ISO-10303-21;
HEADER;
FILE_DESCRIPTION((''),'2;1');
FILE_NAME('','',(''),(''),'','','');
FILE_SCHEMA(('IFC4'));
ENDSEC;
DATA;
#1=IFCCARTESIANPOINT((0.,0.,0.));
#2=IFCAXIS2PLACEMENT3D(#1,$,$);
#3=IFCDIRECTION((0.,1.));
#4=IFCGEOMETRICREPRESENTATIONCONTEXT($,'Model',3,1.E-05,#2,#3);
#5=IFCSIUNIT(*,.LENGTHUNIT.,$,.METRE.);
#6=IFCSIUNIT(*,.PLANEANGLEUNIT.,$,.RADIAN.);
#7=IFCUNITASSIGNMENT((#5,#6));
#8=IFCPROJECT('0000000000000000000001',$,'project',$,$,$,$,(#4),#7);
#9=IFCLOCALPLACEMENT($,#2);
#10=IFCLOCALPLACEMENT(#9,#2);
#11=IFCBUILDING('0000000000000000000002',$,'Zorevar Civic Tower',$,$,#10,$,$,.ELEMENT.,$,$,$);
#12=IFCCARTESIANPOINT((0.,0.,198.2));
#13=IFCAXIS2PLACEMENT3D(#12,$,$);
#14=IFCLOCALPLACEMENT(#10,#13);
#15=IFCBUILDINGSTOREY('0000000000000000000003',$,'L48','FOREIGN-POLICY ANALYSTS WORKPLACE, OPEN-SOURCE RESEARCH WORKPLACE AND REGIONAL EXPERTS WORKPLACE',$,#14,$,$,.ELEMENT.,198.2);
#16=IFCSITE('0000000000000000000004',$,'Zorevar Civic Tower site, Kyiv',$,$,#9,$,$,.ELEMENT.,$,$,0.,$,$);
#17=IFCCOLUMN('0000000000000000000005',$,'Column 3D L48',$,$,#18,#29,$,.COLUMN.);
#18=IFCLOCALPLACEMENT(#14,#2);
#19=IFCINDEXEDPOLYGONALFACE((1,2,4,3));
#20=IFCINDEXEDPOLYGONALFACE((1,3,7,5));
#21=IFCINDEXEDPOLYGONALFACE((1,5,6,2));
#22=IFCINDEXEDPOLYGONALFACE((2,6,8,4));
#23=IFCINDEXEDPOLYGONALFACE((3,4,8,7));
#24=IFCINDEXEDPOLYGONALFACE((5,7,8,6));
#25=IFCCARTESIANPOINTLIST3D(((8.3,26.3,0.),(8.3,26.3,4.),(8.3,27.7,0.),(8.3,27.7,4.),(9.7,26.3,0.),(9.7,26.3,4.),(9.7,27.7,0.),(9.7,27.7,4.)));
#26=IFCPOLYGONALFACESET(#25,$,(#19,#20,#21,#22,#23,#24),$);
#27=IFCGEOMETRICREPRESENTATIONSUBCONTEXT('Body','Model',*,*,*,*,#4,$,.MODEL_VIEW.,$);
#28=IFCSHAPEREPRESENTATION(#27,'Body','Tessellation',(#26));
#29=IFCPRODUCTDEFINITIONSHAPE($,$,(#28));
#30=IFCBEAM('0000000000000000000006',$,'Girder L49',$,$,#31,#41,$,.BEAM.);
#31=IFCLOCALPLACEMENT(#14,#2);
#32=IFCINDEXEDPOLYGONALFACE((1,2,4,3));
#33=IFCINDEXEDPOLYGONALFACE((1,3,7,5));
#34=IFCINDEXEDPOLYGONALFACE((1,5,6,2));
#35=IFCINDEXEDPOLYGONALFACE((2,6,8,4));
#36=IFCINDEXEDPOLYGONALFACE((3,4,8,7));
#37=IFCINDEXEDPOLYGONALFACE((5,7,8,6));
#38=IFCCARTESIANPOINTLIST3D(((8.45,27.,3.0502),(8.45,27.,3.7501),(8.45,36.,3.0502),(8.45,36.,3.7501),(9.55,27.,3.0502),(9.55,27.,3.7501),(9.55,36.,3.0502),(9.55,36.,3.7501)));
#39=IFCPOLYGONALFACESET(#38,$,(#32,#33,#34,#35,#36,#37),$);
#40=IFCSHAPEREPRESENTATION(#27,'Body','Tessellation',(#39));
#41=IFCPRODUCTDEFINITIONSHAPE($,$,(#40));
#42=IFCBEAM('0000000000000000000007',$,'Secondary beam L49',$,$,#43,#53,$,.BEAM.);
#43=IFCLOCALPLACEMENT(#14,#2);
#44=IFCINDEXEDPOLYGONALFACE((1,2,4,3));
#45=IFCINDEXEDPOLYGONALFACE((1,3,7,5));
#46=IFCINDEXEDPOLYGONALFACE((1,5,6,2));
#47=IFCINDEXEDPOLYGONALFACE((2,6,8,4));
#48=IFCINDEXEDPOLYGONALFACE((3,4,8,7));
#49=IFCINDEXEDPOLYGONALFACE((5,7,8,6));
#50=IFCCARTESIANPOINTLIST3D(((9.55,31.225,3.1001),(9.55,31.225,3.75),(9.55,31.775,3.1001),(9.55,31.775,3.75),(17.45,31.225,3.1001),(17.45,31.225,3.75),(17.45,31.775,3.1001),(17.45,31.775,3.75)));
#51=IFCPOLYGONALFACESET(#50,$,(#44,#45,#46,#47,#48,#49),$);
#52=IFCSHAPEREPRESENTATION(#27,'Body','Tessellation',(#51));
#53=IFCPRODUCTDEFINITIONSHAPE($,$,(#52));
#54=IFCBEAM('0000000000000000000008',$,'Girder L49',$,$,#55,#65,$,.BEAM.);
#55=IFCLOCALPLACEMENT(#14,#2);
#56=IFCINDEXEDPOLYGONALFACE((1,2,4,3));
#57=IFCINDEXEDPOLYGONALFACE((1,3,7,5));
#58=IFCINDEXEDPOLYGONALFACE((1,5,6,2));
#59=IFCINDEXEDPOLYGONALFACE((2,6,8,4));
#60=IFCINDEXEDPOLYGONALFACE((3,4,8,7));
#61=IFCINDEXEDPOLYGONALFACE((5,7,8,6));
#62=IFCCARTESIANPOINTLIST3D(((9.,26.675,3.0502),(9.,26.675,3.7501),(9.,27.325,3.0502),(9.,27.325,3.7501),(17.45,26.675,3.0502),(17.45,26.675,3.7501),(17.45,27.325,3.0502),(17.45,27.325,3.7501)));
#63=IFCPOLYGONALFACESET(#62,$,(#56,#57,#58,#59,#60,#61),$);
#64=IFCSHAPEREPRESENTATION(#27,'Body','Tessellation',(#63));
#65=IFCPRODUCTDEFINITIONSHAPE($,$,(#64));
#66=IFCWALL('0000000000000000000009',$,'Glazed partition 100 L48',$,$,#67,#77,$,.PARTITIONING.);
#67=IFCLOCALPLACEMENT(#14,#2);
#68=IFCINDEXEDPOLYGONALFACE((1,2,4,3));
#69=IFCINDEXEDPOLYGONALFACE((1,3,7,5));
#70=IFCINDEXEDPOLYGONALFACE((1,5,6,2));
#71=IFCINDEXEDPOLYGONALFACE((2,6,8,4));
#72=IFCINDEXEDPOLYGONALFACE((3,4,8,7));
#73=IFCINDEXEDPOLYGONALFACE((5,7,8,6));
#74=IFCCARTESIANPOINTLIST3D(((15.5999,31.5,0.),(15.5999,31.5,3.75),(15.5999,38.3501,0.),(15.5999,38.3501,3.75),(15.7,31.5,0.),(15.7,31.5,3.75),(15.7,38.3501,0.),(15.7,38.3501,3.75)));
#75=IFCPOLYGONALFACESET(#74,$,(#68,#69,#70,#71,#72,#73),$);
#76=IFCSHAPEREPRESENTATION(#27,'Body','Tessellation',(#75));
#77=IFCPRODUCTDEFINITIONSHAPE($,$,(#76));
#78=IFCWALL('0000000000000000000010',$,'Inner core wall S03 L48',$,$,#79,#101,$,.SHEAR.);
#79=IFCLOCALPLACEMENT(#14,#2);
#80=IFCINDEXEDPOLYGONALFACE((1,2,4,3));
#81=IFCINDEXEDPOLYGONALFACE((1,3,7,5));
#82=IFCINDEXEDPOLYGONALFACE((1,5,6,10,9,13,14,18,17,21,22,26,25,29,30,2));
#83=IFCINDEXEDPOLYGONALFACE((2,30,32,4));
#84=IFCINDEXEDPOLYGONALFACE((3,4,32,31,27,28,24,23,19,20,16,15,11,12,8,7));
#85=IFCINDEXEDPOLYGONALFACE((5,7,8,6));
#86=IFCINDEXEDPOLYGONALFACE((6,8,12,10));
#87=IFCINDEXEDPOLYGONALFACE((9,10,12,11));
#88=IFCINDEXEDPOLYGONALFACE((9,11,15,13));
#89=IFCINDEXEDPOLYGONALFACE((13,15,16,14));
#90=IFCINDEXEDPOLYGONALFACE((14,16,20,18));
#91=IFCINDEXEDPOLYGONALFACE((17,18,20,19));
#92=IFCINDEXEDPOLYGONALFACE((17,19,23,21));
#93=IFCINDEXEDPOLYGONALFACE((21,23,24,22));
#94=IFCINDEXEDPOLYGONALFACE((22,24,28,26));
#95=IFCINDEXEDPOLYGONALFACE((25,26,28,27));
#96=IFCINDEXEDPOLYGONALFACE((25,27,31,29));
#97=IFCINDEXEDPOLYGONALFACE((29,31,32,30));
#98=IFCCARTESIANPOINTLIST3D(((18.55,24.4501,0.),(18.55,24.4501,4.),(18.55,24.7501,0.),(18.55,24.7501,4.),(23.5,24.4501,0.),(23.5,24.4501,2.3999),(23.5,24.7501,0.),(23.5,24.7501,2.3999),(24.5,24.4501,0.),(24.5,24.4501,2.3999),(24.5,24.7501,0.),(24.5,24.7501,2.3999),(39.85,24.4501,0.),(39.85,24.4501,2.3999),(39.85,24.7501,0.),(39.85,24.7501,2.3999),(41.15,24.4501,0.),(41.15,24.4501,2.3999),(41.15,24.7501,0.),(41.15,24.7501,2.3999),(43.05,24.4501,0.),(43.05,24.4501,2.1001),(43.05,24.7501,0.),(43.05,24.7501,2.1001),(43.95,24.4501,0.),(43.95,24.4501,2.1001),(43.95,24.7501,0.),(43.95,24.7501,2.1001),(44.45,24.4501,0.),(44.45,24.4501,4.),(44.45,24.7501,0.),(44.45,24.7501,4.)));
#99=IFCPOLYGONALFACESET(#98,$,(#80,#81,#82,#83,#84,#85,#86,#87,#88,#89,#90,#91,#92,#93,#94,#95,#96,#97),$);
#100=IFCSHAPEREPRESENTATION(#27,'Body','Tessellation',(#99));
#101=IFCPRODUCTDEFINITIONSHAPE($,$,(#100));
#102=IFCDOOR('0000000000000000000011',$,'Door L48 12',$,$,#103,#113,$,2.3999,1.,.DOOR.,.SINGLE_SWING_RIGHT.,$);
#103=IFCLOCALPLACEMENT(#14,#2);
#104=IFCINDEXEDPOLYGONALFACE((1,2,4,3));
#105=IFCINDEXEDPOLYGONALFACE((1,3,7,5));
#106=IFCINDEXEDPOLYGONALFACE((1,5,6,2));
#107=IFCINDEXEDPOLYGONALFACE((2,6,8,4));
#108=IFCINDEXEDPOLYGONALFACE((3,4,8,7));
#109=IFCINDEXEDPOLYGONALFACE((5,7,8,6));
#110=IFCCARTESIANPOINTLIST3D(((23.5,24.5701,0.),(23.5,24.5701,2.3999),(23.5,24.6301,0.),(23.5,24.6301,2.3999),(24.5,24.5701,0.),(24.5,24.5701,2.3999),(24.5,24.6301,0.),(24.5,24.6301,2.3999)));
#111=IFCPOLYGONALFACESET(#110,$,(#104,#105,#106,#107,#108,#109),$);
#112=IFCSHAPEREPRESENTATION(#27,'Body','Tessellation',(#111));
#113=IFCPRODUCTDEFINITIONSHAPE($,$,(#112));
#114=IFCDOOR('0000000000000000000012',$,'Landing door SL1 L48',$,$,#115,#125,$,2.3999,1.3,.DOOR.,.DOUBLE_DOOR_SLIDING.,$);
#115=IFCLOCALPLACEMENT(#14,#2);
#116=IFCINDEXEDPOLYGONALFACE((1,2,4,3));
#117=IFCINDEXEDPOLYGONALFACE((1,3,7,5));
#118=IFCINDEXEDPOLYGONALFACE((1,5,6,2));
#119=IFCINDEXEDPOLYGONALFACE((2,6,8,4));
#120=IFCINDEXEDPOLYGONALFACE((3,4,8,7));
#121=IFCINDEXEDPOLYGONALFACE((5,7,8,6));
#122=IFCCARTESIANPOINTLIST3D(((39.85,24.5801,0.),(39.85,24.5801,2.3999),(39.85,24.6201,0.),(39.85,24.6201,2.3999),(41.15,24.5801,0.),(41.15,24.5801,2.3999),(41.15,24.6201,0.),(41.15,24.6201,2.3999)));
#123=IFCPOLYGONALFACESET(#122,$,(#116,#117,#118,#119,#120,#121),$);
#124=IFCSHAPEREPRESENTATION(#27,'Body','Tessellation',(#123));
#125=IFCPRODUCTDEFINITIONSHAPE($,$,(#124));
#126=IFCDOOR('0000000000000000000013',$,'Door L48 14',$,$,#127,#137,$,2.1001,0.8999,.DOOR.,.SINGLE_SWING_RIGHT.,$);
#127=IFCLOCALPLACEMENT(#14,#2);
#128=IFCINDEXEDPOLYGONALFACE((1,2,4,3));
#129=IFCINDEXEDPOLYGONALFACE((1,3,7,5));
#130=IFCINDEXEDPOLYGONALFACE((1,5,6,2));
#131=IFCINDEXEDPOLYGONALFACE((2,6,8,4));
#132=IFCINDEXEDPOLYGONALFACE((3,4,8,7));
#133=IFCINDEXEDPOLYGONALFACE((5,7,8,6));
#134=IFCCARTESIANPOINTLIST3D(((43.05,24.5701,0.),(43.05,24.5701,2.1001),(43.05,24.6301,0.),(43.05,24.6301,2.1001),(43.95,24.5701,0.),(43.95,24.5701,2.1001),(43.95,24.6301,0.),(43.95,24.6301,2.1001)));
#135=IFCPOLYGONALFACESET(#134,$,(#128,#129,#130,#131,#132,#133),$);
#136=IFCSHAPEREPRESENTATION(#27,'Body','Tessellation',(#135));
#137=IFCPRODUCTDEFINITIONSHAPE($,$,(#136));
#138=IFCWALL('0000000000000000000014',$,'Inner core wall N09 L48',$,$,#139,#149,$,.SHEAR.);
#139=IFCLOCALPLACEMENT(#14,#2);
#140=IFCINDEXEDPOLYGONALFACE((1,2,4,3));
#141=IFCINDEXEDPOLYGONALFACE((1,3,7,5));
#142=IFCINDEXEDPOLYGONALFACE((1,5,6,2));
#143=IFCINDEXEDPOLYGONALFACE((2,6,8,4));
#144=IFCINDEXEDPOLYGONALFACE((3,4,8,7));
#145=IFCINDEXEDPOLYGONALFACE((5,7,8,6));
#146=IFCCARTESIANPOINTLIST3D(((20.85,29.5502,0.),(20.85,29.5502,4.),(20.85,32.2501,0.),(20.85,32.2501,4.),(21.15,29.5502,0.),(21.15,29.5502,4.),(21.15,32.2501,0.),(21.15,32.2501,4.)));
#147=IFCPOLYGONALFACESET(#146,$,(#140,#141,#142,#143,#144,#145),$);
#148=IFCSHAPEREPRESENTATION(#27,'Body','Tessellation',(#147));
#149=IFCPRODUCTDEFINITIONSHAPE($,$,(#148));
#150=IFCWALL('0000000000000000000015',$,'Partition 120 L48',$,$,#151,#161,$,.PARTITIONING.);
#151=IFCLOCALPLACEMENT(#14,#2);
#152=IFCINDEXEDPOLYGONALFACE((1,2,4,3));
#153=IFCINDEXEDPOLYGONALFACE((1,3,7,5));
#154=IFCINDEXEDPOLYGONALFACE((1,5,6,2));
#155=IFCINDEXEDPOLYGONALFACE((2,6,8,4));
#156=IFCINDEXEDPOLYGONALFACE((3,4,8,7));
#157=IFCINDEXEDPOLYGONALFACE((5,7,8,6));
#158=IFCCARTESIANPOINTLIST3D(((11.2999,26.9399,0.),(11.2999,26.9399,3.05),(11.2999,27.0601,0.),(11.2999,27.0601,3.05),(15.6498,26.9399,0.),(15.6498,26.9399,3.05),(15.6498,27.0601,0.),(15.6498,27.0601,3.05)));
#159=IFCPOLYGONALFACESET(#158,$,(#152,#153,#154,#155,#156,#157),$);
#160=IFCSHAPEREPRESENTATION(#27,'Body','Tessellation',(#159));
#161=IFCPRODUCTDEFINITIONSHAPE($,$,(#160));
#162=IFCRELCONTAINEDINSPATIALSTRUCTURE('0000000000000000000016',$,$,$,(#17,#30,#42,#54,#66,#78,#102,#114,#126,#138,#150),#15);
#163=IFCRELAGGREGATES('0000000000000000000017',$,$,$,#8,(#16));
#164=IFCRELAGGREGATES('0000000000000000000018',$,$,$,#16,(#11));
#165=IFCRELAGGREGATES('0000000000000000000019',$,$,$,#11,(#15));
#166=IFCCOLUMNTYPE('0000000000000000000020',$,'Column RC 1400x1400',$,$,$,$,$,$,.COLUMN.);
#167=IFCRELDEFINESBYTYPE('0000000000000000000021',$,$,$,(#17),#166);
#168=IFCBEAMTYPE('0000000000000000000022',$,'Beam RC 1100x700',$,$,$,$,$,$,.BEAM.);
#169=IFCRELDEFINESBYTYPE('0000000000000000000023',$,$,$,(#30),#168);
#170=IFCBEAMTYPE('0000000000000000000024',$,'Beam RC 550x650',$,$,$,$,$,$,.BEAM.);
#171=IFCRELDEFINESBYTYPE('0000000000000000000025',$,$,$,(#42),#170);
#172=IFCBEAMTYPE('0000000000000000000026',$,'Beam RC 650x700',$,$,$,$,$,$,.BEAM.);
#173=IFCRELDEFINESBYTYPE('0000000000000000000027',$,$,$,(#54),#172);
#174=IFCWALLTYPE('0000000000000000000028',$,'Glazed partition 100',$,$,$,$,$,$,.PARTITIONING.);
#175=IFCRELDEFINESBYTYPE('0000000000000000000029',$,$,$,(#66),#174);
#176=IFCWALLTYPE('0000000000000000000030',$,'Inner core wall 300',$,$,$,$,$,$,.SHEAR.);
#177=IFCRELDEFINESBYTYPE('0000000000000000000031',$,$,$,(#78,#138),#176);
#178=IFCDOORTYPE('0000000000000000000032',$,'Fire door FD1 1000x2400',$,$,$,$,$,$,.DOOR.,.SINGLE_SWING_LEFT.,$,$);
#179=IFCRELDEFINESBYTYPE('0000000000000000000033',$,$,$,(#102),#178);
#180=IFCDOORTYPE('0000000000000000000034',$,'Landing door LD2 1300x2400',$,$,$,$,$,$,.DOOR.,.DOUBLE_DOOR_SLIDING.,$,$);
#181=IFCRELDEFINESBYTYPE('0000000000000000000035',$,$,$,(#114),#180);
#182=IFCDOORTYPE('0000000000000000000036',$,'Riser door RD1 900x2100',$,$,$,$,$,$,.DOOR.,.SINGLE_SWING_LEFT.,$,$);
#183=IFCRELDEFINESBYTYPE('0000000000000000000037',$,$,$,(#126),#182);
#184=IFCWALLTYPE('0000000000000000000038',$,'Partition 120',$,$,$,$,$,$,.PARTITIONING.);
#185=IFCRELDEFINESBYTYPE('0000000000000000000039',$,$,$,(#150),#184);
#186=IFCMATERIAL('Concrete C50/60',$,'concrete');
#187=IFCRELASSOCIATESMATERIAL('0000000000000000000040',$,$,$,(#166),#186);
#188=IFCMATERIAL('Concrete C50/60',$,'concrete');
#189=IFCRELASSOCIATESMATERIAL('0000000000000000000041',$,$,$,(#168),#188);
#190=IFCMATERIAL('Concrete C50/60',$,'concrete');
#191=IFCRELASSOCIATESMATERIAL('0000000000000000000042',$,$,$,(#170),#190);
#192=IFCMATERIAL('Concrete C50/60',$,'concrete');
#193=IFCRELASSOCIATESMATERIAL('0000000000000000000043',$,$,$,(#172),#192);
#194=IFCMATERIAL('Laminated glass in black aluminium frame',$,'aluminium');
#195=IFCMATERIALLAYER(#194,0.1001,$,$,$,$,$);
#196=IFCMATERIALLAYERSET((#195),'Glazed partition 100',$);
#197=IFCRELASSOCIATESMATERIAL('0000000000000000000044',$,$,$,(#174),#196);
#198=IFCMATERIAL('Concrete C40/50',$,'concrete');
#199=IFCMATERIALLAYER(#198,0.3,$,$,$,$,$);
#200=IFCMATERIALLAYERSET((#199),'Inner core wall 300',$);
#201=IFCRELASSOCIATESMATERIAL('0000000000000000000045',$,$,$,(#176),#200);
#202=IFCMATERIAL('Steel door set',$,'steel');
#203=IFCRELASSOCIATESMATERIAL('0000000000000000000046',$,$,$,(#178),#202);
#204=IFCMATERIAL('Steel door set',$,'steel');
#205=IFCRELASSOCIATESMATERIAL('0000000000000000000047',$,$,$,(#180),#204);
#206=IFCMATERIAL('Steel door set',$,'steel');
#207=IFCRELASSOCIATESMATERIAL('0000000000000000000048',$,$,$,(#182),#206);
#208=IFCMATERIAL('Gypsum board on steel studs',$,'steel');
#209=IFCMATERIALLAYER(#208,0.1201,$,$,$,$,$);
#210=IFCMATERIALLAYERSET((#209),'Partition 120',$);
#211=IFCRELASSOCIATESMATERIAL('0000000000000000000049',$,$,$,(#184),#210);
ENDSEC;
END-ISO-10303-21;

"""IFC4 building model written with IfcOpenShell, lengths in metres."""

from ifc_helpers import new_model, si_unit, direction, frame, frame_2d, origin, origin_2d, place, context, subcontext, project, spatial, rectangle, extrude, material, layer, layer_set, material_profile, profile_set, type_object, element, fill, save


model = new_model("IFC4")

# Units and contexts
model_context = context("Model", 3, precision=1e-05, world=origin(), true_north=direction((0.0, 1.0)))
body_context = subcontext(model_context, "Body", "Model", "MODEL_VIEW")
ifc_project = project(units=[si_unit("LENGTHUNIT", "METRE"), si_unit("PLANEANGLEUNIT", "RADIAN")], contexts=[model_context])

# Site, building, storey
site_placement = place(None, origin())
site = spatial("IfcSite", under=ifc_project, at=site_placement, Name="Zorevar Civic Tower site, Kyiv", CompositionType="ELEMENT", RefElevation=0.0)
building_placement = place(site_placement, origin())
building = spatial("IfcBuilding", under=site, at=building_placement, Name="Zorevar Civic Tower", CompositionType="ELEMENT")
storey_placement = place(building_placement, frame((0.0, 0.0, 198.2)))
storey = spatial("IfcBuildingStorey", under=building, at=storey_placement, Name="L48", Description="FOREIGN-POLICY ANALYSTS WORKPLACE, OPEN-SOURCE RESEARCH WORKPLACE AND REGIONAL EXPERTS WORKPLACE", CompositionType="ELEMENT", Elevation=198.2)

# Column
ifc_material_1 = material(Name="Concrete C50/60", Category="concrete")
ifc_material_profile_1 = material_profile(ifc_material_1, rectangle(XDim=1.3999, YDim=1.3999, at=origin_2d()), Name="RC 1400x1400")
ifc_profile_set_1 = profile_set([ifc_material_profile_1], Name="Concrete C50/60")
column_type = type_object("IfcColumnType", Name="Column RC 1400x1400", PredefinedType="COLUMN", material=ifc_profile_set_1)
column_placement = place(storey_placement, frame((9.0, 27.0, 0.0), z_axis=(0.0, 0.0, 1.0), x_axis=(1.0, 0.0, 0.0)))
element("IfcColumn", 1, at=column_placement, inside=storey, type_object=column_type, Name="Column 3D L48", PredefinedType="COLUMN", context=body_context, shape_type="SweptSolid", body=[
    extrude(rectangle(XDim=1.3999, YDim=1.3999, at=origin_2d()), origin(), (0.0, 0.0, 1.0), 4.0),
])

# Beams
ifc_material_2 = material(Name="Concrete C50/60", Category="concrete")
ifc_material_profile_2 = material_profile(ifc_material_2, rectangle(XDim=1.1001, YDim=0.7, at=origin_2d()), Name="RC 1100x700")
ifc_profile_set_2 = profile_set([ifc_material_profile_2], Name="Concrete C50/60")
beam_type_1 = type_object("IfcBeamType", Name="Beam RC 1100x700", PredefinedType="BEAM", material=ifc_profile_set_2)
beam_1_placement = place(storey_placement, frame((9.0, 27.0, 3.4001), z_axis=(0.0, 1.0, 0.0), x_axis=(-1.0, 0.0, 0.0)))
element("IfcBeam", 2, at=beam_1_placement, inside=storey, type_object=beam_type_1, Name="Girder L49", PredefinedType="BEAM", context=body_context, shape_type="SweptSolid", body=[
    extrude(rectangle(XDim=1.1001, YDim=0.7, at=origin_2d()), origin(), (0.0, 0.0, 1.0), 9.0),
])
ifc_material_3 = material(Name="Concrete C50/60", Category="concrete")
ifc_material_profile_3 = material_profile(ifc_material_3, rectangle(XDim=0.55, YDim=0.6499, at=origin_2d()), Name="RC 550x650")
ifc_profile_set_3 = profile_set([ifc_material_profile_3], Name="Concrete C50/60")
beam_type_2 = type_object("IfcBeamType", Name="Beam RC 550x650", PredefinedType="BEAM", material=ifc_profile_set_3)
beam_2_placement = place(storey_placement, frame((9.55, 31.5, 3.425), z_axis=(1.0, 0.0, 0.0), x_axis=(0.0, 1.0, 0.0)))
element("IfcBeam", 3, at=beam_2_placement, inside=storey, type_object=beam_type_2, Name="Secondary beam L49", PredefinedType="BEAM", context=body_context, shape_type="SweptSolid", body=[
    extrude(rectangle(XDim=0.55, YDim=0.6499, at=origin_2d()), origin(), (0.0, 0.0, 1.0), 7.8999),
])
ifc_material_4 = material(Name="Concrete C50/60", Category="concrete")
ifc_material_profile_4 = material_profile(ifc_material_4, rectangle(XDim=0.6499, YDim=0.7, at=origin_2d()), Name="RC 650x700")
ifc_profile_set_4 = profile_set([ifc_material_profile_4], Name="Concrete C50/60")
beam_type_3 = type_object("IfcBeamType", Name="Beam RC 650x700", PredefinedType="BEAM", material=ifc_profile_set_4)
beam_3_placement = place(storey_placement, frame((9.0, 27.0, 3.4001), z_axis=(1.0, 0.0, 0.0), x_axis=(0.0, 1.0, 0.0)))
element("IfcBeam", 4, at=beam_3_placement, inside=storey, type_object=beam_type_3, Name="Girder L49", PredefinedType="BEAM", context=body_context, shape_type="SweptSolid", body=[
    extrude(rectangle(XDim=0.6499, YDim=0.7, at=origin_2d()), origin(), (0.0, 0.0, 1.0), 8.45),
])

# Wall
ifc_material_5 = material(Name="Laminated glass in black aluminium frame", Category="aluminium")
ifc_layer_1 = layer(ifc_material_5, 0.1001)
ifc_layer_set_1 = layer_set([ifc_layer_1], Name="Glazed partition 100")
wall_type_1 = type_object("IfcWallType", Name="Glazed partition 100", PredefinedType="PARTITIONING", material=ifc_layer_set_1)
wall_1_placement = place(storey_placement, frame((15.6499, 31.5, 0.0), z_axis=(0.0, 0.0, 1.0), x_axis=(0.0, 1.0, 0.0)))
element("IfcWall", 5, at=wall_1_placement, inside=storey, type_object=wall_type_1, Name="Glazed partition 100 L48", PredefinedType="PARTITIONING", context=body_context, shape_type="SweptSolid", body=[
    extrude(rectangle(XDim=6.8501, YDim=0.1001, at=frame_2d((3.425, 0.0))), origin(), (0.0, 0.0, 1.0), 3.75),
])

# Wall, openings, doors
ifc_material_6 = material(Name="Concrete C40/50", Category="concrete")
ifc_layer_2 = layer(ifc_material_6, 0.3)
ifc_layer_set_2 = layer_set([ifc_layer_2], Name="Inner core wall 300")
wall_type_2 = type_object("IfcWallType", Name="Inner core wall 300", PredefinedType="SHEAR", material=ifc_layer_set_2)
wall_2_placement = place(storey_placement, frame((18.55, 24.6001, 0.0), z_axis=(0.0, 0.0, 1.0), x_axis=(1.0, 0.0, 0.0)))
wall_2 = element("IfcWall", 6, at=wall_2_placement, inside=storey, type_object=wall_type_2, Name="Inner core wall S03 L48", PredefinedType="SHEAR", context=body_context, shape_type="SweptSolid", body=[
    extrude(rectangle(XDim=25.8999, YDim=0.3, at=frame_2d((12.95, 0.0))), origin(), (0.0, 0.0, 1.0), 4.0),
])
opening_1_placement = place(wall_2_placement, frame((4.95, 0.0, 0.0)))
opening_1 = element("IfcOpeningElement", 7, at=opening_1_placement, cuts=wall_2, PredefinedType="OPENING", context=body_context, shape_type="SweptSolid", body=[
    extrude(rectangle(XDim=1.0, YDim=2.3999, at=frame_2d((0.5, 1.2))), frame((0.0, 0.1599, 0.0), z_axis=(0.0, -1.0, 0.0), x_axis=(1.0, 0.0, 0.0)), (0.0, 0.0, 1.0), 0.3201),
])
opening_2_placement = place(wall_2_placement, frame((24.5, 0.0, 0.0)))
opening_2 = element("IfcOpeningElement", 8, at=opening_2_placement, cuts=wall_2, PredefinedType="OPENING", context=body_context, shape_type="SweptSolid", body=[
    extrude(rectangle(XDim=0.8999, YDim=2.1001, at=frame_2d((0.45, 1.05))), frame((0.0, 0.1599, 0.0), z_axis=(0.0, -1.0, 0.0), x_axis=(1.0, 0.0, 0.0)), (0.0, 0.0, 1.0), 0.3201),
])
opening_3_placement = place(wall_2_placement, frame((21.3, 0.0, 0.0)))
opening_3 = element("IfcOpeningElement", 9, at=opening_3_placement, cuts=wall_2, PredefinedType="OPENING", context=body_context, shape_type="SweptSolid", body=[
    extrude(rectangle(XDim=1.3, YDim=2.3999, at=frame_2d((0.6499, 1.2))), frame((0.0, 0.1599, 0.0), z_axis=(0.0, -1.0, 0.0), x_axis=(1.0, 0.0, 0.0)), (0.0, 0.0, 1.0), 0.3201),
])
ifc_material_7 = material(Name="Steel door set", Category="steel")
door_type_1 = type_object("IfcDoorType", Name="Fire door FD1 1000x2400", OperationType="SINGLE_SWING_LEFT", PredefinedType="DOOR", material=ifc_material_7)
door_1_placement = place(opening_1_placement, origin())
door_1 = element("IfcDoor", 10, at=door_1_placement, inside=storey, type_object=door_type_1, Name="Door L48 12", OperationType="SINGLE_SWING_RIGHT", OverallHeight=2.3999, OverallWidth=1.0, PredefinedType="DOOR", context=body_context, shape_type="SweptSolid", body=[
    extrude(rectangle(XDim=1.0, YDim=2.3999, at=frame_2d((0.5, 1.2))), frame((0.0, 0.03, 0.0), z_axis=(0.0, -1.0, 0.0), x_axis=(1.0, 0.0, 0.0)), (0.0, 0.0, 1.0), 0.0601),
])
fill(opening_1, door_1)
ifc_material_8 = material(Name="Steel door set", Category="steel")
door_type_2 = type_object("IfcDoorType", Name="Landing door LD2 1300x2400", OperationType="DOUBLE_DOOR_SLIDING", PredefinedType="DOOR", material=ifc_material_8)
door_2_placement = place(opening_3_placement, origin())
door_2 = element("IfcDoor", 11, at=door_2_placement, inside=storey, type_object=door_type_2, Name="Landing door SL1 L48", OperationType="DOUBLE_DOOR_SLIDING", OverallHeight=2.3999, OverallWidth=1.3, PredefinedType="DOOR", context=body_context, shape_type="SweptSolid", body=[
    extrude(rectangle(XDim=1.3, YDim=2.3999, at=frame_2d((0.6499, 1.2))), frame((0.0, 0.02, 0.0), z_axis=(0.0, -1.0, 0.0), x_axis=(1.0, 0.0, 0.0)), (0.0, 0.0, 1.0), 0.04),
])
fill(opening_3, door_2)
ifc_material_9 = material(Name="Steel door set", Category="steel")
door_type_3 = type_object("IfcDoorType", Name="Riser door RD1 900x2100", OperationType="SINGLE_SWING_LEFT", PredefinedType="DOOR", material=ifc_material_9)
door_3_placement = place(opening_2_placement, origin())
door_3 = element("IfcDoor", 12, at=door_3_placement, inside=storey, type_object=door_type_3, Name="Door L48 14", OperationType="SINGLE_SWING_RIGHT", OverallHeight=2.1001, OverallWidth=0.8999, PredefinedType="DOOR", context=body_context, shape_type="SweptSolid", body=[
    extrude(rectangle(XDim=0.8999, YDim=2.1001, at=frame_2d((0.45, 1.05))), frame((0.0, 0.03, 0.0), z_axis=(0.0, -1.0, 0.0), x_axis=(1.0, 0.0, 0.0)), (0.0, 0.0, 1.0), 0.0601),
])
fill(opening_2, door_3)

# Walls
wall_3_placement = place(storey_placement, frame((21.0, 29.55, 0.0), z_axis=(0.0, 0.0, 1.0), x_axis=(0.0, 1.0, 0.0)))
element("IfcWall", 13, at=wall_3_placement, inside=storey, type_object=wall_type_2, Name="Inner core wall N09 L48", PredefinedType="SHEAR", context=body_context, shape_type="SweptSolid", body=[
    extrude(rectangle(XDim=2.7, YDim=0.3, at=frame_2d((1.3501, 0.0))), origin(), (0.0, 0.0, 1.0), 4.0),
])
ifc_material_10 = material(Name="Gypsum board on steel studs", Category="steel")
ifc_layer_3 = layer(ifc_material_10, 0.1201)
ifc_layer_set_3 = layer_set([ifc_layer_3], Name="Partition 120")
wall_type_3 = type_object("IfcWallType", Name="Partition 120", PredefinedType="PARTITIONING", material=ifc_layer_set_3)
wall_4_placement = place(storey_placement, frame((11.3, 27.0, 0.0), z_axis=(0.0, 0.0, 1.0), x_axis=(1.0, 0.0, 0.0)))
element("IfcWall", 14, at=wall_4_placement, inside=storey, type_object=wall_type_3, Name="Partition 120 L48", PredefinedType="PARTITIONING", context=body_context, shape_type="SweptSolid", body=[
    extrude(rectangle(XDim=4.3499, YDim=0.1201, at=frame_2d((2.1748, 0.0))), origin(), (0.0, 0.0, 1.0), 3.05),
])

save(model, "model.ifc")
